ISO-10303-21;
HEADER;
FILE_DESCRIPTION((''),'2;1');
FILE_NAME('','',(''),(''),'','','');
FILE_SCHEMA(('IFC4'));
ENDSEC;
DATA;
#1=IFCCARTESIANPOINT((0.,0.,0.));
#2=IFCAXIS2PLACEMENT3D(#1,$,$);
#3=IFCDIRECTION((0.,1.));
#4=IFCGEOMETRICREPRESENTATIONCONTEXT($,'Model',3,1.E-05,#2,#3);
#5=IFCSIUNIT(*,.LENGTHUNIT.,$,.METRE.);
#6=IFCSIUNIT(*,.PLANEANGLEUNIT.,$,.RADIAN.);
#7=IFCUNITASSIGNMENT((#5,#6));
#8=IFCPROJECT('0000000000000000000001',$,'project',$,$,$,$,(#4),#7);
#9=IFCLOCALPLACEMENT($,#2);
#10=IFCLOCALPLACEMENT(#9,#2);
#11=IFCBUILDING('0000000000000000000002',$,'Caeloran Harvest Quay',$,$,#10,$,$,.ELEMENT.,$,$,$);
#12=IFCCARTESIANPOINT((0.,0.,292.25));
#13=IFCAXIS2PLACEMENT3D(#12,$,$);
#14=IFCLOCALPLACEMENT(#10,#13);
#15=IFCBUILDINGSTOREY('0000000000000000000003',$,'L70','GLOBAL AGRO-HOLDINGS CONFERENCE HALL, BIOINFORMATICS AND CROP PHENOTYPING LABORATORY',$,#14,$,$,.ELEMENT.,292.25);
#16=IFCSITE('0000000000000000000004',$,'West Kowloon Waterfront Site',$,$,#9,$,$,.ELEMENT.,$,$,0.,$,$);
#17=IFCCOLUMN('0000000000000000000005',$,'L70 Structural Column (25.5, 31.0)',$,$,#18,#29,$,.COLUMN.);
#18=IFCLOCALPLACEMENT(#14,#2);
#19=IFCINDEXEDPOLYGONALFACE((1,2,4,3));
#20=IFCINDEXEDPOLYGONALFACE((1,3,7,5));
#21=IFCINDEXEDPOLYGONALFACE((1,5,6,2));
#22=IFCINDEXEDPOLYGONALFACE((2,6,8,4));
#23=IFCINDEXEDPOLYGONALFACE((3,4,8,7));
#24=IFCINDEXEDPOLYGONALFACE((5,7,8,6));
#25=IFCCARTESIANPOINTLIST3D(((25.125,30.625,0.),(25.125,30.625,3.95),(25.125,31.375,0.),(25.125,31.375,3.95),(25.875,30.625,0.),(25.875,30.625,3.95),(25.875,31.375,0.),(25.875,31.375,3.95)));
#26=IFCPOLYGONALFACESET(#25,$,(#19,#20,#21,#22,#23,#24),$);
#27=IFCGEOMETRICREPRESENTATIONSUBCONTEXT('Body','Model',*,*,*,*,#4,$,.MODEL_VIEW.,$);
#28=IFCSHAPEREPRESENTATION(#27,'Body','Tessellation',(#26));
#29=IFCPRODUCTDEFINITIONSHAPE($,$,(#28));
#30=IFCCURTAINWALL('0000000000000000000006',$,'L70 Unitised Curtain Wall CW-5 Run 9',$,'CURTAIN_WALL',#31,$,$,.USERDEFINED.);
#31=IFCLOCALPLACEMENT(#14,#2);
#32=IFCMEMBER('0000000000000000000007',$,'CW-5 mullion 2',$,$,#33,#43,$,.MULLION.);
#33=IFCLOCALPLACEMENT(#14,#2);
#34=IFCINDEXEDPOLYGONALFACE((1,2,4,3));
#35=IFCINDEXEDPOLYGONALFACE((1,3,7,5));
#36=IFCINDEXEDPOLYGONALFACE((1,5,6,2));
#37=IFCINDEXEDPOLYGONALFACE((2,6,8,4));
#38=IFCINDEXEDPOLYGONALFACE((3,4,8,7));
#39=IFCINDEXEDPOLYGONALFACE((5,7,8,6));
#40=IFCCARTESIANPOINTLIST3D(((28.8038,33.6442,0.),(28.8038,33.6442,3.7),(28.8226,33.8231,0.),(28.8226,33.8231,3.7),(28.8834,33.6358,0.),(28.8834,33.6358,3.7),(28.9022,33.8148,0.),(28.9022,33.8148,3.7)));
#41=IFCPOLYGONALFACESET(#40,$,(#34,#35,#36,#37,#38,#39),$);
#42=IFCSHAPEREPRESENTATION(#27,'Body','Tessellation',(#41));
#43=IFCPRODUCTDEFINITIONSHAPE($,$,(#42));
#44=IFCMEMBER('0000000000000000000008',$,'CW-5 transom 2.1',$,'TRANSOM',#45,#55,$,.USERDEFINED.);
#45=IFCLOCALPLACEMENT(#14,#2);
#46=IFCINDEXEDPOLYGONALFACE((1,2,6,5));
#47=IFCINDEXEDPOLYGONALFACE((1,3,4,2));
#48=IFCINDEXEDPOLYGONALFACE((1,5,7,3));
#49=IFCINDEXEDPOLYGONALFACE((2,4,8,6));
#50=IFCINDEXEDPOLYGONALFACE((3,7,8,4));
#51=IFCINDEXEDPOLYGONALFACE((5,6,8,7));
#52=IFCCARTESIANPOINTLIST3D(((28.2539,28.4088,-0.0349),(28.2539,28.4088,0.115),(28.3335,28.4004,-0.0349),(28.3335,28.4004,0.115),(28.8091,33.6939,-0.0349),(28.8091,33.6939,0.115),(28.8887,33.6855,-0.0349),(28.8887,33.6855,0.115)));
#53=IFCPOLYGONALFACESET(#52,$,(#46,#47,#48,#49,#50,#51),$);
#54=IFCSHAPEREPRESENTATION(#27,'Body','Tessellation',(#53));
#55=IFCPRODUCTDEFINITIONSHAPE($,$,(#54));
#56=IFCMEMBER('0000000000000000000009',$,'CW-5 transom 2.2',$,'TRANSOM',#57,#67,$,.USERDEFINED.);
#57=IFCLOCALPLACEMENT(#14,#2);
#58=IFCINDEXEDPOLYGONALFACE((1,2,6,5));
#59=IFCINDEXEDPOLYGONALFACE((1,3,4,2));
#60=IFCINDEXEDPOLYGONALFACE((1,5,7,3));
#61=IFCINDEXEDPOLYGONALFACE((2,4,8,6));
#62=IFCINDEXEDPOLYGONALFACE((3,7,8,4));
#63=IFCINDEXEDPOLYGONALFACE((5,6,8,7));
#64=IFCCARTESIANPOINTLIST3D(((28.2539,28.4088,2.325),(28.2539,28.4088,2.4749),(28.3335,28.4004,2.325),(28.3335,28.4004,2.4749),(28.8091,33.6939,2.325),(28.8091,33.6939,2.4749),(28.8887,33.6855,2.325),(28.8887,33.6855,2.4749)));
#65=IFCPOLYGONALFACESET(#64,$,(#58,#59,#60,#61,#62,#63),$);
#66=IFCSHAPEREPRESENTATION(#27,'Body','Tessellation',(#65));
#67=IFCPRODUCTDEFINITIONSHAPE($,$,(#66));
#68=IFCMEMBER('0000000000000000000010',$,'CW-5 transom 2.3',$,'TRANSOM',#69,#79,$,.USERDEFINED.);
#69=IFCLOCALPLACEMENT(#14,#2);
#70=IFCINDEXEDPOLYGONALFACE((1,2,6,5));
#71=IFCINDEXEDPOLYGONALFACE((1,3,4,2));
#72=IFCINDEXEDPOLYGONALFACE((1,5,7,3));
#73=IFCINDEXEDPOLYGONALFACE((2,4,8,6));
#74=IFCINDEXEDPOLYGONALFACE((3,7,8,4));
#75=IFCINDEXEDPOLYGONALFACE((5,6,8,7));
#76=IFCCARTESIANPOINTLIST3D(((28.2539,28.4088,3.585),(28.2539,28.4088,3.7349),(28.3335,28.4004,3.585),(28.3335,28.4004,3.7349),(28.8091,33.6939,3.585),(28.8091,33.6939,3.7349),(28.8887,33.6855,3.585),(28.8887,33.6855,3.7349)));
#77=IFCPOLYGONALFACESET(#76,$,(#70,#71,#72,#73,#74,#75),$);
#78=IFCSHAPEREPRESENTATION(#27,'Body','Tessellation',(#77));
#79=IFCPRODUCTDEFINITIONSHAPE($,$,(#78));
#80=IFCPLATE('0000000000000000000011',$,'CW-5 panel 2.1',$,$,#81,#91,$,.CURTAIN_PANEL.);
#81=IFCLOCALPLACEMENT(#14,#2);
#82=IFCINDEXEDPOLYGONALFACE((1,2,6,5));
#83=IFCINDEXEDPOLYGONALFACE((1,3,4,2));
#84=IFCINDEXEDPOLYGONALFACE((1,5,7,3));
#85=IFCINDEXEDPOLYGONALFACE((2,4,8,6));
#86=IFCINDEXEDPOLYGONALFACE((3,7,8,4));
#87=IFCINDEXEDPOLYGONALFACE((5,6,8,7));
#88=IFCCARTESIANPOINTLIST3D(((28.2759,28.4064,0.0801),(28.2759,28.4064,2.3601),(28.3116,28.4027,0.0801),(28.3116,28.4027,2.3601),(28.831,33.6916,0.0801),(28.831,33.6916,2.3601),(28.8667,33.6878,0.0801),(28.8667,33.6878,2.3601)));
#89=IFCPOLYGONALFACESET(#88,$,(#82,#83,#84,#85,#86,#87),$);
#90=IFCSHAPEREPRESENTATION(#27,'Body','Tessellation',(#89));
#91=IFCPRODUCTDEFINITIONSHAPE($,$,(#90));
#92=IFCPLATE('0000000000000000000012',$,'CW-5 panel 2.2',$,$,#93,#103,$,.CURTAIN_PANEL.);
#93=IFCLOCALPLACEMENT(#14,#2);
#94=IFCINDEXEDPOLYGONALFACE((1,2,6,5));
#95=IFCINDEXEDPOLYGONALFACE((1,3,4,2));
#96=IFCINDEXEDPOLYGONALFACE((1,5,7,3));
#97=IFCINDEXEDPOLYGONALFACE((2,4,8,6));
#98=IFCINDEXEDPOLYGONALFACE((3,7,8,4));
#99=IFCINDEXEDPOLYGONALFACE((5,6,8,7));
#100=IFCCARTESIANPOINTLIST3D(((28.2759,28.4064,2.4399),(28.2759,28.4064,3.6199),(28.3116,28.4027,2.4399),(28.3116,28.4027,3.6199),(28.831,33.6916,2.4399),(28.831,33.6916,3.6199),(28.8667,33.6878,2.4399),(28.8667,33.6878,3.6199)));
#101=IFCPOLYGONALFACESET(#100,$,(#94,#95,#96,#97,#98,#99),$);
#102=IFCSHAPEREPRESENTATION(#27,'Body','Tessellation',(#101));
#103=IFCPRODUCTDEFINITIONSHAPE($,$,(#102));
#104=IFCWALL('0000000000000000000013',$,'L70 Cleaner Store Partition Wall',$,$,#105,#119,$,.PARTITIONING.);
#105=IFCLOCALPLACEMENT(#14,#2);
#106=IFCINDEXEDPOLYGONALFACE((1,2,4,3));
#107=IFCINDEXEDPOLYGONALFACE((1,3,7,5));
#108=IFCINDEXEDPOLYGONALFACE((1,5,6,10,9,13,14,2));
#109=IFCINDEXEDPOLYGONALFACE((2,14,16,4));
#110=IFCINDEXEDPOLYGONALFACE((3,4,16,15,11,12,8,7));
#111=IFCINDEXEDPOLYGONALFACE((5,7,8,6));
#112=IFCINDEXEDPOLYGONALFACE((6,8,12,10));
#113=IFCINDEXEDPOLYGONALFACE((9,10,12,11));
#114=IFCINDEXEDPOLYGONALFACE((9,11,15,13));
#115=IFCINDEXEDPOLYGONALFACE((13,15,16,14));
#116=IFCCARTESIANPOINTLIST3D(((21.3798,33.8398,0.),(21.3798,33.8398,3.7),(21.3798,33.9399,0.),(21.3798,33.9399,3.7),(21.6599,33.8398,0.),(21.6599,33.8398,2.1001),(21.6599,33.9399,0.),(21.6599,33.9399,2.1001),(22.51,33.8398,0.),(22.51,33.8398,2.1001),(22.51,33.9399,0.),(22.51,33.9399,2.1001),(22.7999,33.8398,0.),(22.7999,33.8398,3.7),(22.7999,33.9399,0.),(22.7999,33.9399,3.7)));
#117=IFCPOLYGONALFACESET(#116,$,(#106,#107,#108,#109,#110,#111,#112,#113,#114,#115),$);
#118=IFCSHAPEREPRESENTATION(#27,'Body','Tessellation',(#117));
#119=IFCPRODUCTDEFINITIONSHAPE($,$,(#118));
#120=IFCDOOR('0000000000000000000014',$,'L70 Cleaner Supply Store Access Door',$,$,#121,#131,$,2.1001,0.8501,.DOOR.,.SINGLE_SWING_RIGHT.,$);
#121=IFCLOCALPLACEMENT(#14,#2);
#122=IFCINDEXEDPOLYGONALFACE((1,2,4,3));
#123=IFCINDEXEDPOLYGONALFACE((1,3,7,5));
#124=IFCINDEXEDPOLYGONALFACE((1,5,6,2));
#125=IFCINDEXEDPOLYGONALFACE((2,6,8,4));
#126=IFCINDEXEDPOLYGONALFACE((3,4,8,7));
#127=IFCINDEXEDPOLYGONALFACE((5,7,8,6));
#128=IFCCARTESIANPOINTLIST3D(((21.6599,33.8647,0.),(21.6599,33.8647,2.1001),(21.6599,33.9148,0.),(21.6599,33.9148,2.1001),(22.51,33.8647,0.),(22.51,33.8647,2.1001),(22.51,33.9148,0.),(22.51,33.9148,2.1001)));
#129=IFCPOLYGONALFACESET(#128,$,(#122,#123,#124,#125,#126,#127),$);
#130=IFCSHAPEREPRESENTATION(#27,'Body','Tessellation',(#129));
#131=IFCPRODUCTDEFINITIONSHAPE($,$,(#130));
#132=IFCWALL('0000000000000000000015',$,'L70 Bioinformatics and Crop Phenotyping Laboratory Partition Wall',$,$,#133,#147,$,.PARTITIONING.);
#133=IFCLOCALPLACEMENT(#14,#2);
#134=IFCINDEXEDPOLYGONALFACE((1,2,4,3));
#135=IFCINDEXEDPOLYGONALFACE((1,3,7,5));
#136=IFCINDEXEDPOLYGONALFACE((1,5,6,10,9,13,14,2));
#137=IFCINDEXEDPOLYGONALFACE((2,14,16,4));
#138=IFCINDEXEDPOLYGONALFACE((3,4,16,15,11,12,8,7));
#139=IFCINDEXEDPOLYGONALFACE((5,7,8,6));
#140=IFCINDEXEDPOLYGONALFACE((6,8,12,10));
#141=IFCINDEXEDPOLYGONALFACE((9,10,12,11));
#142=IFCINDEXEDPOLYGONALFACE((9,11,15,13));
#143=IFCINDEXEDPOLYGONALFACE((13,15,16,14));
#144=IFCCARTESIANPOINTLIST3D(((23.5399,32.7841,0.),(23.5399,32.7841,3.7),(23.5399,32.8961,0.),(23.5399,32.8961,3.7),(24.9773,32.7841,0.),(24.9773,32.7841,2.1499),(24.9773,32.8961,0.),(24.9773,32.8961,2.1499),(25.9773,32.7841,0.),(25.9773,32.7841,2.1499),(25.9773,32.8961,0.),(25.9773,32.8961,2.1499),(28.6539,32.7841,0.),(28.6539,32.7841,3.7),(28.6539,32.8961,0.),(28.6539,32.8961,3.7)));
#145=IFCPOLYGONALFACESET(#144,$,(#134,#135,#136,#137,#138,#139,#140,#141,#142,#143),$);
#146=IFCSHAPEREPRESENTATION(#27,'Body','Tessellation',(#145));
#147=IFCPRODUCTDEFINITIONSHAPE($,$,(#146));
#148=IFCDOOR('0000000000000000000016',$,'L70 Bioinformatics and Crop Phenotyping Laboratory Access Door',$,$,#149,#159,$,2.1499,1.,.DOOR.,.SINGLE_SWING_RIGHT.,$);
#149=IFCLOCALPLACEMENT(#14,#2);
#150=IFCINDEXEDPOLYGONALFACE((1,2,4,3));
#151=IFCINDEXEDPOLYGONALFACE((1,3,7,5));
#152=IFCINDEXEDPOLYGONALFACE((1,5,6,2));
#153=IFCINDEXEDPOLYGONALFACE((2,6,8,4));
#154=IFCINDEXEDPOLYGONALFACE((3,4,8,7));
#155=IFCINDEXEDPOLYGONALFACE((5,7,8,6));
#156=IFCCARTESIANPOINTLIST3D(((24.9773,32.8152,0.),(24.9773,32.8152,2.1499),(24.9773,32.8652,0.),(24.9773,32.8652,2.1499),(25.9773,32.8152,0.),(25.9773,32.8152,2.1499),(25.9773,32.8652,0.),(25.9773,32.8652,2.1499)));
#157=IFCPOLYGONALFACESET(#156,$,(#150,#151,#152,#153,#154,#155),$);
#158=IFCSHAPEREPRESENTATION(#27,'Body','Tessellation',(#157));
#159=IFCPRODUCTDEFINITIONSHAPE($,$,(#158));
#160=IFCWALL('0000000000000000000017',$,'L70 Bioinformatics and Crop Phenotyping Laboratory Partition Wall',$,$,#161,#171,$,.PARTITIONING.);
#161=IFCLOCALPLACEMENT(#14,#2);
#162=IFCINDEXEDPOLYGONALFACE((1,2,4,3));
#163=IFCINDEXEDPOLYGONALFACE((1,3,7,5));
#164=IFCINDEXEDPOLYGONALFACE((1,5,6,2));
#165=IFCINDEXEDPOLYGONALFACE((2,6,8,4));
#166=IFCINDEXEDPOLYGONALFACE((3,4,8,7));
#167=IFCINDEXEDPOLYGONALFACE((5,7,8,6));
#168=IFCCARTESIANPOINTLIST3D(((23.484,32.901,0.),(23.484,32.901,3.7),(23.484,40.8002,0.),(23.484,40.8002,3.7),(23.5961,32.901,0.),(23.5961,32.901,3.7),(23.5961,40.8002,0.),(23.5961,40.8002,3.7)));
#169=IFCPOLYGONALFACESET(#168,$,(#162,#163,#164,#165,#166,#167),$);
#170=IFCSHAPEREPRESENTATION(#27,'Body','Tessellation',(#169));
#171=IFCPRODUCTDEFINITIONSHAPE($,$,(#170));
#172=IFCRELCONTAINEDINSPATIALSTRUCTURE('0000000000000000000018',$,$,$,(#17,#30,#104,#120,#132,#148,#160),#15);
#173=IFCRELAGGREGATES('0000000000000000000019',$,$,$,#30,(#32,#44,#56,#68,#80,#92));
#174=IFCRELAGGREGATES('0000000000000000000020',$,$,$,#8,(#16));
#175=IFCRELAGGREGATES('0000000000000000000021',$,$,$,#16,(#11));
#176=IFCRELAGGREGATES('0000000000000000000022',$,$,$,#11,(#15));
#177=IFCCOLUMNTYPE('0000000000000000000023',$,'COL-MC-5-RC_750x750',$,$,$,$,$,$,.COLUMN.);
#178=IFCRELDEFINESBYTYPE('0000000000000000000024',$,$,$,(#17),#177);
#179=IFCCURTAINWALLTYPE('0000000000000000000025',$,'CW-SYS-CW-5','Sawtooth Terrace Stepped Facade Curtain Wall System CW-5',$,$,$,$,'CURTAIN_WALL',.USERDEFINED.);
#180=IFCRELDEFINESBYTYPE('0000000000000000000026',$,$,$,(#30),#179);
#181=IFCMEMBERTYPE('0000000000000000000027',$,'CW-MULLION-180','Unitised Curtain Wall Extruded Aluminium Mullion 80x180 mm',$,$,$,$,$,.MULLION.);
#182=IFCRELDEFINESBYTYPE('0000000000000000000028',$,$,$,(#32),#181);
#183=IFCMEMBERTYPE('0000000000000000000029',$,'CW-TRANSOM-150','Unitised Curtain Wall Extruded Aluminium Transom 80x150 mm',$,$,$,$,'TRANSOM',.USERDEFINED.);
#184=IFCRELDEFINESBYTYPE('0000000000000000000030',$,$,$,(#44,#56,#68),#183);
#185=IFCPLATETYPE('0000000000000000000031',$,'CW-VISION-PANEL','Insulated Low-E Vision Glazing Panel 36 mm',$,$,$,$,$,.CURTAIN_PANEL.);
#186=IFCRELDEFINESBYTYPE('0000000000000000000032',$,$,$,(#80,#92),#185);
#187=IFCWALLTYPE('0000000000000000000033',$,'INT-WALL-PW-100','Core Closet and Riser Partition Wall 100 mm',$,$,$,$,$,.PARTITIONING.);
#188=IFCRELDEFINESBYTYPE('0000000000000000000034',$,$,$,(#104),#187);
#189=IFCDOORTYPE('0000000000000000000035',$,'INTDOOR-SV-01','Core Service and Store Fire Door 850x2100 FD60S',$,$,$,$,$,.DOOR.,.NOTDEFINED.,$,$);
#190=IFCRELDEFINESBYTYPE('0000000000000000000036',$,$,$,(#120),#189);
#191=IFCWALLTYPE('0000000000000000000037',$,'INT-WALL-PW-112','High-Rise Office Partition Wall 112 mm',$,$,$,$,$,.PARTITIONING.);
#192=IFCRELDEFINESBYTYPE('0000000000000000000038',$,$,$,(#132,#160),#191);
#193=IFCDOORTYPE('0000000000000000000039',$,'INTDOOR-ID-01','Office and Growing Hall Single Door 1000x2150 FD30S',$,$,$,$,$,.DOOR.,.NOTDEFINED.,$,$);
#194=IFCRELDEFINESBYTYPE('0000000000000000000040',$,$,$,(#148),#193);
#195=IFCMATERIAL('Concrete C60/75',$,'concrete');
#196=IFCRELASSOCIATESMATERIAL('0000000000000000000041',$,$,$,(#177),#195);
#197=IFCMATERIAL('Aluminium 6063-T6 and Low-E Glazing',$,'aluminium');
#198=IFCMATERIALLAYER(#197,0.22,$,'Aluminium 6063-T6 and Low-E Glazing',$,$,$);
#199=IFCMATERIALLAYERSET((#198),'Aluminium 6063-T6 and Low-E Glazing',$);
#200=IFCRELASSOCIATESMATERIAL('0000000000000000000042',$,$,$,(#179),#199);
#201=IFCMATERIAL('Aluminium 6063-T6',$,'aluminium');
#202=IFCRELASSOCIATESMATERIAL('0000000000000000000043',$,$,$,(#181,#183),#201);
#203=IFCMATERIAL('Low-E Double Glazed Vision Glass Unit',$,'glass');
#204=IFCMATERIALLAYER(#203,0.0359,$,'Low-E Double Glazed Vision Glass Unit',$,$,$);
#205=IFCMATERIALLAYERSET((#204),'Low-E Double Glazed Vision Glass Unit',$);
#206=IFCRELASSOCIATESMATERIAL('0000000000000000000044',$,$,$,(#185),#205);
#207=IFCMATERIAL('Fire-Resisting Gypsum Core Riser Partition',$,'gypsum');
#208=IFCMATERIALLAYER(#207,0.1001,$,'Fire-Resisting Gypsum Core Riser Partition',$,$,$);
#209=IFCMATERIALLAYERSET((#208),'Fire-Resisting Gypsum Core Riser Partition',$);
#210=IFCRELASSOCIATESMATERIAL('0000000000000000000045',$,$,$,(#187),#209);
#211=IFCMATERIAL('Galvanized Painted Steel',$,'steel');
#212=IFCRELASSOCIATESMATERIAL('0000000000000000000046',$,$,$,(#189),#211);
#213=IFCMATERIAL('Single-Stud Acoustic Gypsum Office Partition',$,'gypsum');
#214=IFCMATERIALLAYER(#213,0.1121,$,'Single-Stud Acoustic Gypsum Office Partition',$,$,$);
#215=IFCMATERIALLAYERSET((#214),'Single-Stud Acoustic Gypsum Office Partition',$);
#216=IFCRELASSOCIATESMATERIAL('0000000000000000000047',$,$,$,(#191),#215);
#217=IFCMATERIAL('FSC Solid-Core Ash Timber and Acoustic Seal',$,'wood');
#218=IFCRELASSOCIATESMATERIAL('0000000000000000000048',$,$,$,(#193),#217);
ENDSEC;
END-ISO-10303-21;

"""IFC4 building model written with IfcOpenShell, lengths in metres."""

from ifc_helpers import new_model, si_unit, direction, frame, frame_2d, origin, origin_2d, place, context, subcontext, project, spatial, rectangle, extrude, material, layer, layer_set, material_profile, profile_set, type_object, element, fill, aggregate, save


model = new_model("IFC4")

# Units and contexts
model_context = context("Model", 3, precision=1e-05, world=origin(), true_north=direction((0.0, 1.0)))
body_context = subcontext(model_context, "Body", "Model", "MODEL_VIEW")
ifc_project = project(units=[si_unit("LENGTHUNIT", "METRE"), si_unit("PLANEANGLEUNIT", "RADIAN")], contexts=[model_context])

# Site, building, storey
site_placement = place(None, origin())
site = spatial("IfcSite", under=ifc_project, at=site_placement, Name="West Kowloon Waterfront Site", CompositionType="ELEMENT", RefElevation=0.0)
building_placement = place(site_placement, origin())
building = spatial("IfcBuilding", under=site, at=building_placement, Name="Caeloran Harvest Quay", CompositionType="ELEMENT")
storey_placement = place(building_placement, frame((0.0, 0.0, 292.25)))
storey = spatial("IfcBuildingStorey", under=building, at=storey_placement, Name="L70", Description="GLOBAL AGRO-HOLDINGS CONFERENCE HALL, BIOINFORMATICS AND CROP PHENOTYPING LABORATORY", CompositionType="ELEMENT", Elevation=292.25)

# Column
ifc_material_1 = material(Name="Concrete C60/75", Category="concrete")
ifc_material_profile_1 = material_profile(ifc_material_1, rectangle(XDim=0.75, YDim=0.75, at=origin_2d()), Name="RC 750x750")
ifc_profile_set_1 = profile_set([ifc_material_profile_1], Name="Concrete C60/75")
column_type = type_object("IfcColumnType", Name="COL-MC-5-RC_750x750", PredefinedType="COLUMN", material=ifc_profile_set_1)
column_placement = place(storey_placement, frame((25.5, 31.0, 0.0), z_axis=(0.0, 0.0, 1.0), x_axis=(1.0, 0.0, 0.0)))
element("IfcColumn", 1, at=column_placement, inside=storey, type_object=column_type, Name="L70 Structural Column (25.5, 31.0)", PredefinedType="COLUMN", context=body_context, shape_type="SweptSolid", body=[
    extrude(rectangle(XDim=0.75, YDim=0.75, at=origin_2d()), origin(), (0.0, 0.0, 1.0), 3.95),
])

# Curtain wall, members, plates
ifc_material_2 = material(Name="Aluminium 6063-T6 and Low-E Glazing", Category="aluminium")
ifc_layer_1 = layer(ifc_material_2, 0.22, Name="Aluminium 6063-T6 and Low-E Glazing")
ifc_layer_set_1 = layer_set([ifc_layer_1], Name="Aluminium 6063-T6 and Low-E Glazing")
curtain_wall_type = type_object("IfcCurtainWallType", Name="CW-SYS-CW-5", Description="Sawtooth Terrace Stepped Facade Curtain Wall System CW-5", ElementType="CURTAIN_WALL", PredefinedType="USERDEFINED", material=ifc_layer_set_1)
curtain_wall_placement = place(storey_placement, origin())
curtain_wall = element("IfcCurtainWall", 2, at=curtain_wall_placement, inside=storey, type_object=curtain_wall_type, Name="L70 Unitised Curtain Wall CW-5 Run 9", ObjectType="CURTAIN_WALL", PredefinedType="USERDEFINED")
ifc_material_3 = material(Name="Aluminium 6063-T6", Category="aluminium")
ifc_material_profile_2 = material_profile(ifc_material_3, rectangle(XDim=0.0801, YDim=0.1799, at=origin_2d()), Name="CW-MULLION-180")
ifc_profile_set_2 = profile_set([ifc_material_profile_2], Name="Aluminium 6063-T6")
member_type_1 = type_object("IfcMemberType", Name="CW-MULLION-180", Description="Unitised Curtain Wall Extruded Aluminium Mullion 80x180 mm", PredefinedType="MULLION", material=ifc_profile_set_2)
member_1_placement = place(storey_placement, frame((28.853, 33.7295, 0.0), z_axis=(0.0, 0.0, 1.0), x_axis=(0.994529, -0.10446, 0.0)))
member_1 = element("IfcMember", 3, at=member_1_placement, type_object=member_type_1, Name="CW-5 mullion 2", PredefinedType="MULLION", context=body_context, shape_type="SweptSolid", body=[
    extrude(rectangle(XDim=0.0801, YDim=0.1799, at=origin_2d()), origin(), (0.0, 0.0, 1.0), 3.7),
])
ifc_material_profile_3 = material_profile(ifc_material_3, rectangle(XDim=0.0801, YDim=0.1499, at=origin_2d()), Name="CW-TRANSOM-150")
ifc_profile_set_3 = profile_set([ifc_material_profile_3], Name="Aluminium 6063-T6")
member_type_2 = type_object("IfcMemberType", Name="CW-TRANSOM-150", Description="Unitised Curtain Wall Extruded Aluminium Transom 80x150 mm", ElementType="TRANSOM", PredefinedType="USERDEFINED", material=ifc_profile_set_3)
member_2_placement = place(storey_placement, frame((28.8489, 33.6897, 0.04), z_axis=(-0.10447, -0.994528, 0.0), x_axis=(0.994528, -0.10447, 0.0)))
member_2 = element("IfcMember", 4, at=member_2_placement, type_object=member_type_2, Name="CW-5 transom 2.1", ObjectType="TRANSOM", PredefinedType="USERDEFINED", context=body_context, shape_type="SweptSolid", body=[
    extrude(rectangle(XDim=0.0801, YDim=0.1499, at=origin_2d()), origin(), (0.0, 0.0, 1.0), 5.3142),
])
member_3_placement = place(storey_placement, frame((28.8489, 33.6897, 2.3999), z_axis=(-0.10447, -0.994528, 0.0), x_axis=(0.994528, -0.10447, 0.0)))
member_3 = element("IfcMember", 5, at=member_3_placement, type_object=member_type_2, Name="CW-5 transom 2.2", ObjectType="TRANSOM", PredefinedType="USERDEFINED", context=body_context, shape_type="SweptSolid", body=[
    extrude(rectangle(XDim=0.0801, YDim=0.1499, at=origin_2d()), origin(), (0.0, 0.0, 1.0), 5.3142),
])
member_4_placement = place(storey_placement, frame((28.8489, 33.6897, 3.6599), z_axis=(-0.10447, -0.994528, 0.0), x_axis=(0.994528, -0.10447, 0.0)))
member_4 = element("IfcMember", 6, at=member_4_placement, type_object=member_type_2, Name="CW-5 transom 2.3", ObjectType="TRANSOM", PredefinedType="USERDEFINED", context=body_context, shape_type="SweptSolid", body=[
    extrude(rectangle(XDim=0.0801, YDim=0.1499, at=origin_2d()), origin(), (0.0, 0.0, 1.0), 5.3142),
])
ifc_material_4 = material(Name="Low-E Double Glazed Vision Glass Unit", Category="glass")
ifc_layer_2 = layer(ifc_material_4, 0.0359, Name="Low-E Double Glazed Vision Glass Unit")
ifc_layer_set_2 = layer_set([ifc_layer_2], Name="Low-E Double Glazed Vision Glass Unit")
plate_type = type_object("IfcPlateType", Name="CW-VISION-PANEL", Description="Insulated Low-E Vision Glazing Panel 36 mm", PredefinedType="CURTAIN_PANEL", material=ifc_layer_set_2)
plate_1_placement = place(storey_placement, frame((28.5713, 31.0471, 0.0801), z_axis=(0.0, 0.0, 1.0), x_axis=(-0.10446, -0.994529, 0.0)))
plate_1 = element("IfcPlate", 7, at=plate_1_placement, type_object=plate_type, Name="CW-5 panel 2.1", PredefinedType="CURTAIN_PANEL", context=body_context, shape_type="SweptSolid", body=[
    extrude(rectangle(XDim=5.3142, YDim=0.0359, at=origin_2d()), origin(), (0.0, 0.0, 1.0), 2.28),
])
plate_2_placement = place(storey_placement, frame((28.5713, 31.0471, 2.4399), z_axis=(0.0, 0.0, 1.0), x_axis=(-0.10446, -0.994529, 0.0)))
plate_2 = element("IfcPlate", 8, at=plate_2_placement, type_object=plate_type, Name="CW-5 panel 2.2", PredefinedType="CURTAIN_PANEL", context=body_context, shape_type="SweptSolid", body=[
    extrude(rectangle(XDim=5.3142, YDim=0.0359, at=origin_2d()), origin(), (0.0, 0.0, 1.0), 1.1799),
])
aggregate(curtain_wall, [member_1, member_2, member_3, member_4, plate_1, plate_2])

# Walls, openings, doors
ifc_material_5 = material(Name="Fire-Resisting Gypsum Core Riser Partition", Category="gypsum")
ifc_layer_3 = layer(ifc_material_5, 0.1001, Name="Fire-Resisting Gypsum Core Riser Partition")
ifc_layer_set_3 = layer_set([ifc_layer_3], Name="Fire-Resisting Gypsum Core Riser Partition")
wall_type_1 = type_object("IfcWallType", Name="INT-WALL-PW-100", Description="Core Closet and Riser Partition Wall 100 mm", PredefinedType="PARTITIONING", material=ifc_layer_set_3)
wall_1_placement = place(storey_placement, frame((21.3799, 33.8899, 0.0), z_axis=(0.0, 0.0, 1.0), x_axis=(1.0, 0.0, 0.0)))
wall_1 = element("IfcWall", 9, at=wall_1_placement, inside=storey, type_object=wall_type_1, Name="L70 Cleaner Store Partition Wall", PredefinedType="PARTITIONING", context=body_context, shape_type="SweptSolid", body=[
    extrude(rectangle(XDim=1.4202, YDim=0.1001, at=frame_2d((0.71, 0.0))), origin(), (0.0, 0.0, 1.0), 3.7),
])
opening_1_placement = place(wall_1_placement, frame((0.28, 0.0, 0.0)))
opening_1 = element("IfcOpeningElement", 10, at=opening_1_placement, cuts=wall_1, PredefinedType="OPENING", context=body_context, shape_type="SweptSolid", body=[
    extrude(rectangle(XDim=0.8501, YDim=2.1001, at=frame_2d((0.425, 1.05))), frame((0.0, 0.0601, 0.0), z_axis=(0.0, -1.0, 0.0), x_axis=(1.0, 0.0, 0.0)), (0.0, 0.0, 1.0), 0.1201),
])
ifc_material_6 = material(Name="Galvanized Painted Steel", Category="steel")
door_type_1 = type_object("IfcDoorType", Name="INTDOOR-SV-01", Description="Core Service and Store Fire Door 850x2100 FD60S", OperationType="NOTDEFINED", PredefinedType="DOOR", material=ifc_material_6)
door_1_placement = place(opening_1_placement, origin())
door_1 = element("IfcDoor", 11, at=door_1_placement, inside=storey, type_object=door_type_1, Name="L70 Cleaner Supply Store Access Door", OperationType="SINGLE_SWING_RIGHT", OverallHeight=2.1001, OverallWidth=0.8501, PredefinedType="DOOR", context=body_context, shape_type="SweptSolid", body=[
    extrude(rectangle(XDim=0.8501, YDim=2.1001, at=frame_2d((0.425, 1.05))), frame((0.0, 0.0249, 0.0), z_axis=(0.0, -1.0, 0.0), x_axis=(1.0, 0.0, 0.0)), (0.0, 0.0, 1.0), 0.05),
])
fill(opening_1, door_1)
ifc_material_7 = material(Name="Single-Stud Acoustic Gypsum Office Partition", Category="gypsum")
ifc_layer_4 = layer(ifc_material_7, 0.1121, Name="Single-Stud Acoustic Gypsum Office Partition")
ifc_layer_set_4 = layer_set([ifc_layer_4], Name="Single-Stud Acoustic Gypsum Office Partition")
wall_type_2 = type_object("IfcWallType", Name="INT-WALL-PW-112", Description="High-Rise Office Partition Wall 112 mm", PredefinedType="PARTITIONING", material=ifc_layer_set_4)
wall_2_placement = place(storey_placement, frame((28.6541, 32.8401, 0.0), z_axis=(0.0, 0.0, 1.0), x_axis=(-1.0, 0.0, 0.0)))
wall_2 = element("IfcWall", 12, at=wall_2_placement, inside=storey, type_object=wall_type_2, Name="L70 Bioinformatics and Crop Phenotyping Laboratory Partition Wall", PredefinedType="PARTITIONING", context=body_context, shape_type="SweptSolid", body=[
    extrude(rectangle(XDim=5.114, YDim=0.1121, at=frame_2d((2.5571, 0.0))), origin(), (0.0, 0.0, 1.0), 3.7),
])
opening_2_placement = place(wall_2_placement, frame((2.6768, 0.0, 0.0)))
opening_2 = element("IfcOpeningElement", 13, at=opening_2_placement, cuts=wall_2, PredefinedType="OPENING", context=body_context, shape_type="SweptSolid", body=[
    extrude(rectangle(XDim=1.0, YDim=2.1499, at=frame_2d((0.5, 1.075))), frame((0.0, 0.0659, 0.0), z_axis=(0.0, -1.0, 0.0), x_axis=(1.0, 0.0, 0.0)), (0.0, 0.0, 1.0), 0.1321),
])
ifc_material_8 = material(Name="FSC Solid-Core Ash Timber and Acoustic Seal", Category="wood")
door_type_2 = type_object("IfcDoorType", Name="INTDOOR-ID-01", Description="Office and Growing Hall Single Door 1000x2150 FD30S", OperationType="NOTDEFINED", PredefinedType="DOOR", material=ifc_material_8)
door_2_placement = place(opening_2_placement, origin())
door_2 = element("IfcDoor", 14, at=door_2_placement, inside=storey, type_object=door_type_2, Name="L70 Bioinformatics and Crop Phenotyping Laboratory Access Door", OperationType="SINGLE_SWING_RIGHT", OverallHeight=2.1499, OverallWidth=1.0, PredefinedType="DOOR", context=body_context, shape_type="SweptSolid", body=[
    extrude(rectangle(XDim=1.0, YDim=2.1499, at=frame_2d((0.5, 1.075))), frame((0.0, 0.0249, 0.0), z_axis=(0.0, -1.0, 0.0), x_axis=(1.0, 0.0, 0.0)), (0.0, 0.0, 1.0), 0.05),
])
fill(opening_2, door_2)

# Wall
wall_3_placement = place(storey_placement, frame((23.54, 32.9009, 0.0), z_axis=(0.0, 0.0, 1.0), x_axis=(0.0, 1.0, 0.0)))
element("IfcWall", 15, at=wall_3_placement, inside=storey, type_object=wall_type_2, Name="L70 Bioinformatics and Crop Phenotyping Laboratory Partition Wall", PredefinedType="PARTITIONING", context=body_context, shape_type="SweptSolid", body=[
    extrude(rectangle(XDim=7.8992, YDim=0.1121, at=frame_2d((3.9497, 0.0))), origin(), (0.0, 0.0, 1.0), 3.7),
])

save(model, "model.ifc")
